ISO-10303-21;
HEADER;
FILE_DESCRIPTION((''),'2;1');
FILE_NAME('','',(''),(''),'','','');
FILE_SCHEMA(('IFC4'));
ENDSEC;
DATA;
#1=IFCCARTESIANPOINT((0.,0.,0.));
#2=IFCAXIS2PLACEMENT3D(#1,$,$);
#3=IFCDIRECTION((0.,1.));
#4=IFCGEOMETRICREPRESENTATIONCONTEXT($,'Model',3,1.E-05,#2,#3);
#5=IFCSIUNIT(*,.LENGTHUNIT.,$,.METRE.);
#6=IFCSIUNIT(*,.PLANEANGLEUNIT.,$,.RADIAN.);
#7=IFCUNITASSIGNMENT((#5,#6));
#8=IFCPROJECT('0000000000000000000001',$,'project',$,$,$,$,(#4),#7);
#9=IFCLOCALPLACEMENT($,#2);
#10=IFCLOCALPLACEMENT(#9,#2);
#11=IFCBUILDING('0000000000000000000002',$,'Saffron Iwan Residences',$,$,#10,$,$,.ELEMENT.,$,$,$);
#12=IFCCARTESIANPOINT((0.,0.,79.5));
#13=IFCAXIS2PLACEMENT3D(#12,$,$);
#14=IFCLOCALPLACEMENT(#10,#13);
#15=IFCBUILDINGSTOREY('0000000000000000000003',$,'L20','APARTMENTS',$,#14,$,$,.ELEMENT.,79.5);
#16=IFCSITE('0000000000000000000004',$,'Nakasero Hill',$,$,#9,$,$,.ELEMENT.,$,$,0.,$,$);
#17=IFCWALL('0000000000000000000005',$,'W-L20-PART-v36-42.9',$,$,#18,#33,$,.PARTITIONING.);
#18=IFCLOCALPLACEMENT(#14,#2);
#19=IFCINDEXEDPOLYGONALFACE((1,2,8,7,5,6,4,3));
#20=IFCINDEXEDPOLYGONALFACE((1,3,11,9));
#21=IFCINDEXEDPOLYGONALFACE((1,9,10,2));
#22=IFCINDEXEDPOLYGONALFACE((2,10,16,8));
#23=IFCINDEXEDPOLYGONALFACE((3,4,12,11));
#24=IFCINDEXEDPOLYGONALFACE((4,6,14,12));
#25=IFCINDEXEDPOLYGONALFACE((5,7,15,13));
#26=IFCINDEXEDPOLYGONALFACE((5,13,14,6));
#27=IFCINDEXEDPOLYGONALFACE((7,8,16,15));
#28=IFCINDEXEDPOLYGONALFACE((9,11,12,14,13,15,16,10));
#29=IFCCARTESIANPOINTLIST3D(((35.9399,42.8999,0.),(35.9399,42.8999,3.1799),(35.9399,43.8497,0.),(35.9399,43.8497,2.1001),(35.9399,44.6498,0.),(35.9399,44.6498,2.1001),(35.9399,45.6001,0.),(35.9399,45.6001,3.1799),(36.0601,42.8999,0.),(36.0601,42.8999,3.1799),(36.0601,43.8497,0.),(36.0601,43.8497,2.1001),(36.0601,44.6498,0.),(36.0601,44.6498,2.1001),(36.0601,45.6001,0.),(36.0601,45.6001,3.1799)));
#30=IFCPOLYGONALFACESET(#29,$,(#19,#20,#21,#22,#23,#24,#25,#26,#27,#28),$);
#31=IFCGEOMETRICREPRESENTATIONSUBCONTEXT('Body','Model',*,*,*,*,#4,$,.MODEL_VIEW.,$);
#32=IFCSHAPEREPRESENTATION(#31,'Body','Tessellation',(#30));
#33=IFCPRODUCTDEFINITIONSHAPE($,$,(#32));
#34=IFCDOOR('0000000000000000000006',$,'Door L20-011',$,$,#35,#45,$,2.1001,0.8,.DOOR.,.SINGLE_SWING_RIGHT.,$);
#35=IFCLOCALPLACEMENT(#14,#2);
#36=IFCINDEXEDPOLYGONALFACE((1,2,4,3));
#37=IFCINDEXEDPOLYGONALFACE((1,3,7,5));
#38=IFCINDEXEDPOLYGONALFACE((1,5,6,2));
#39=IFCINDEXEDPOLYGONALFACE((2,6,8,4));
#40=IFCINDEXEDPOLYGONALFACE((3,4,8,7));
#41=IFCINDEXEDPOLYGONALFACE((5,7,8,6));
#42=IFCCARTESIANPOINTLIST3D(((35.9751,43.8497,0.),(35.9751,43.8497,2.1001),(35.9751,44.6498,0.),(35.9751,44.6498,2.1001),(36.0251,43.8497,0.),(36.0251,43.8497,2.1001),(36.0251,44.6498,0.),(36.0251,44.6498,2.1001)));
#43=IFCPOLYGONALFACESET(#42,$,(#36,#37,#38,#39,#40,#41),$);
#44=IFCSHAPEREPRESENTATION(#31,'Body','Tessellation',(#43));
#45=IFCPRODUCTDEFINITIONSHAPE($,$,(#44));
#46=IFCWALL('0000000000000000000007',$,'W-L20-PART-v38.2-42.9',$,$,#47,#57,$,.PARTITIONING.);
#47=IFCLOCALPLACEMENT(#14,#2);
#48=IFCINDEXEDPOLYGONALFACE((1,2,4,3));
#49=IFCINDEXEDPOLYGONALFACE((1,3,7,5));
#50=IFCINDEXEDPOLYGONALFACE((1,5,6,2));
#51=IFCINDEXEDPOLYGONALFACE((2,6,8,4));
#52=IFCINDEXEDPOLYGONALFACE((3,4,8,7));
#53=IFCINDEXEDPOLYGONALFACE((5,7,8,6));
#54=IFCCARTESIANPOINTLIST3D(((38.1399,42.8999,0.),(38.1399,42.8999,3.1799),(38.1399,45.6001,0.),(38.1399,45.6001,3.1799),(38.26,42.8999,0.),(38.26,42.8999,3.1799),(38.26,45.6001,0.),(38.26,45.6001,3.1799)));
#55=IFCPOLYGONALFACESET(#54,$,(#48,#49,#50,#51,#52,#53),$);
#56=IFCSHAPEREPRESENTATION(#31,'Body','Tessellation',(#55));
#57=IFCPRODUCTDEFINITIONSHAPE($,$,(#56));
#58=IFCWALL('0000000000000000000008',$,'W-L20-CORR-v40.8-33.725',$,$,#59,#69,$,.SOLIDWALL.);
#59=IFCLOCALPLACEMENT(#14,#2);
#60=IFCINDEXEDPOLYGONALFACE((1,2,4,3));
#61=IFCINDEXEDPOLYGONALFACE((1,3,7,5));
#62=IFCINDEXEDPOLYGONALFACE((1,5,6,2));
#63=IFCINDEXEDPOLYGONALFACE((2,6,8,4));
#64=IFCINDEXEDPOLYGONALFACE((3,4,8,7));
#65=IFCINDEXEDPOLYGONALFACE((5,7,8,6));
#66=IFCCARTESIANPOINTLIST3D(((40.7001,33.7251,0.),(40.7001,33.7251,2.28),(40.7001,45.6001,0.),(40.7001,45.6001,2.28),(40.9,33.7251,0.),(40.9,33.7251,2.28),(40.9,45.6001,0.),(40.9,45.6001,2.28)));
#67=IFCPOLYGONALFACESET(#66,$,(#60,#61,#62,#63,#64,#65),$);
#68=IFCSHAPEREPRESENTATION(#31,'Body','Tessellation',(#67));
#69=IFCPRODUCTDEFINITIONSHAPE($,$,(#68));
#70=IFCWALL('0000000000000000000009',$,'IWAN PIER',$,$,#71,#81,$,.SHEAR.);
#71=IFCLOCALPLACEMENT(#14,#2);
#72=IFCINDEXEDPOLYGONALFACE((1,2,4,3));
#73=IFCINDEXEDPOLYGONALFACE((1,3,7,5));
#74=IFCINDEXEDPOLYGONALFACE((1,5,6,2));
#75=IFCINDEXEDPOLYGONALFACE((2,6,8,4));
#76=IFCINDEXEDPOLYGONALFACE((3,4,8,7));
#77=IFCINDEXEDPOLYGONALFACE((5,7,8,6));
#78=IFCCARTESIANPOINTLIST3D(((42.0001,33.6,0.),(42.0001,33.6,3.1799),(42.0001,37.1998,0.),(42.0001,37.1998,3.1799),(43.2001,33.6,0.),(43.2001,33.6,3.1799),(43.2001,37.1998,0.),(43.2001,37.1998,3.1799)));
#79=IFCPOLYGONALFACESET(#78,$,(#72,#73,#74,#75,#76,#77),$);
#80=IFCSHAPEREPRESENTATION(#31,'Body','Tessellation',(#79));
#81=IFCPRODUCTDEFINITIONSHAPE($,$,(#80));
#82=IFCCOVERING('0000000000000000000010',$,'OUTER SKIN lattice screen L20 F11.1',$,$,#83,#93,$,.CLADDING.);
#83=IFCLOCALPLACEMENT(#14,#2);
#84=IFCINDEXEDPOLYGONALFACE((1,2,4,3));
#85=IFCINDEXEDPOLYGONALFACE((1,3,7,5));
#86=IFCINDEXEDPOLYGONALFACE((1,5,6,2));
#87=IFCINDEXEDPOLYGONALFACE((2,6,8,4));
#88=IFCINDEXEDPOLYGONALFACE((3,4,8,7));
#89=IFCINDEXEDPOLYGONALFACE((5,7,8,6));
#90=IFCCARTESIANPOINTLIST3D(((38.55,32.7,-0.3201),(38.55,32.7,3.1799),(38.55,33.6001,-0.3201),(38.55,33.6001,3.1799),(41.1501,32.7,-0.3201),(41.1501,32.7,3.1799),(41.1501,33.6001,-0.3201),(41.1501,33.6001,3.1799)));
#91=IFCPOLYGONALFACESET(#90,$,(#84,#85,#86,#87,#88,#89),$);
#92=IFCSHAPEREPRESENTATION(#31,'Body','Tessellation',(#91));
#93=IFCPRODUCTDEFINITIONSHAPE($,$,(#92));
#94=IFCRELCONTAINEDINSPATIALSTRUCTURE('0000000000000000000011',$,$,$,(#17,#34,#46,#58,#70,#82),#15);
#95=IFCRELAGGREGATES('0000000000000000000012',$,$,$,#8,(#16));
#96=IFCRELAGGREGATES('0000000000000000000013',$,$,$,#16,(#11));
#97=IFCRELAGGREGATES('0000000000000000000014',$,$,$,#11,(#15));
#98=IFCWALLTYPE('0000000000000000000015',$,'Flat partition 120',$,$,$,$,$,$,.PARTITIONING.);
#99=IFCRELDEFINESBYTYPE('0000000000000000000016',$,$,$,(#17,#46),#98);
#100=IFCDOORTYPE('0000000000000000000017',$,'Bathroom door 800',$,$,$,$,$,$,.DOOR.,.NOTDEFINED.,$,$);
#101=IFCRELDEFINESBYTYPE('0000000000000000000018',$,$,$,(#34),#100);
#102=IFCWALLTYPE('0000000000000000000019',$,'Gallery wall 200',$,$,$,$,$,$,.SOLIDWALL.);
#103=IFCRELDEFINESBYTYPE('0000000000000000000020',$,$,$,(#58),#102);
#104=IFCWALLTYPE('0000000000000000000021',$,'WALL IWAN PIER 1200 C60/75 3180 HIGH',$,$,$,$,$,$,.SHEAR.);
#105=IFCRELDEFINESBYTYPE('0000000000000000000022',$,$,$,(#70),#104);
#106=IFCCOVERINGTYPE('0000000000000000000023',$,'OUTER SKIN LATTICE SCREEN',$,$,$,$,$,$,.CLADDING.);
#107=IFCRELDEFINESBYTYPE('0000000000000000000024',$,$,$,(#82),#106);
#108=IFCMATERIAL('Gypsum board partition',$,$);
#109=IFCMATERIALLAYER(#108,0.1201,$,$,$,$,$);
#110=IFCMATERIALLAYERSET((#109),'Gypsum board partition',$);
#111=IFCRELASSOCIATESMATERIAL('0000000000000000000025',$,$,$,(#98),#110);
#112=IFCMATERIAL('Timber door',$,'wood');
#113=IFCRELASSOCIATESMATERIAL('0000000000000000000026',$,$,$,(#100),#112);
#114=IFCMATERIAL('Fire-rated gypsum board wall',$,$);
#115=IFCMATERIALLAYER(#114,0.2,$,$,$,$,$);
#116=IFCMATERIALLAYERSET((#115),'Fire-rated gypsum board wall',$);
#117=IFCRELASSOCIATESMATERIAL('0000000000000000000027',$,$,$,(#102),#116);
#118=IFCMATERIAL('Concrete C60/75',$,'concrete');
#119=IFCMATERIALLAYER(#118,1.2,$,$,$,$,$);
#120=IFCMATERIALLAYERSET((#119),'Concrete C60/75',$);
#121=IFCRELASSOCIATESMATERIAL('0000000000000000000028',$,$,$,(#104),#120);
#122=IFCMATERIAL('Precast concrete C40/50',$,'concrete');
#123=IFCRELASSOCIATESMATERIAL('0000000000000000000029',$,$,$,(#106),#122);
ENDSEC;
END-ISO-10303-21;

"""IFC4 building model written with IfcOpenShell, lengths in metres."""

from ifc_helpers import new_model, si_unit, direction, frame, frame_2d, origin, place, context, subcontext, project, spatial, polyline, rectangle, outline, extrude, material, layer, layer_set, type_object, element, fill, save


model = new_model("IFC4")

# Units and contexts
model_context = context("Model", 3, precision=1e-05, world=origin(), true_north=direction((0.0, 1.0)))
body_context = subcontext(model_context, "Body", "Model", "MODEL_VIEW")
ifc_project = project(units=[si_unit("LENGTHUNIT", "METRE"), si_unit("PLANEANGLEUNIT", "RADIAN")], contexts=[model_context])

# Site, building, storey
site_placement = place(None, origin())
site = spatial("IfcSite", under=ifc_project, at=site_placement, Name="Nakasero Hill", CompositionType="ELEMENT", RefElevation=0.0)
building_placement = place(site_placement, origin())
building = spatial("IfcBuilding", under=site, at=building_placement, Name="Saffron Iwan Residences", CompositionType="ELEMENT")
storey_placement = place(building_placement, frame((0.0, 0.0, 79.5)))
storey = spatial("IfcBuildingStorey", under=building, at=storey_placement, Name="L20", Description="APARTMENTS", CompositionType="ELEMENT", Elevation=79.5)

# Shared definitions
ifc_material_1 = material(Name="Concrete C60/75", Category="concrete")

# Shared definitions
ifc_material_2 = material(Name="Gypsum board partition")
ifc_layer_1 = layer(ifc_material_2, 0.1201)
ifc_layer_set_1 = layer_set([ifc_layer_1], Name="Gypsum board partition")
wall_type_1 = type_object("IfcWallType", Name="Flat partition 120", PredefinedType="PARTITIONING", material=ifc_layer_set_1)
ifc_material_3 = material(Name="Timber door", Category="wood")

# Wall, opening, door
wall_1_placement = place(storey_placement, frame((36.0, 42.8999, 0.0), z_axis=(0.0, 0.0, 1.0), x_axis=(0.0, 1.0, 0.0)))
wall_1 = element("IfcWall", 1, at=wall_1_placement, inside=storey, type_object=wall_type_1, Name="W-L20-PART-v36-42.9", PredefinedType="PARTITIONING", context=body_context, shape_type="SweptSolid", body=[
    extrude(rectangle(XDim=2.7002, YDim=0.1201, at=frame_2d((1.3501, 0.0))), origin(), (0.0, 0.0, 1.0), 3.1799),
])
opening_1_placement = place(wall_1_placement, frame((0.95, 0.0, 0.0)))
opening_1 = element("IfcOpeningElement", 2, at=opening_1_placement, cuts=wall_1, PredefinedType="OPENING", context=body_context, shape_type="SweptSolid", body=[
    extrude(rectangle(XDim=0.8, YDim=2.1001, at=frame_2d((0.3999, 1.05))), frame((0.0, 0.0701, 0.0), z_axis=(0.0, -1.0, 0.0), x_axis=(1.0, 0.0, 0.0)), (0.0, 0.0, 1.0), 0.1401),
])
door_type_1 = type_object("IfcDoorType", Name="Bathroom door 800", OperationType="NOTDEFINED", PredefinedType="DOOR", material=ifc_material_3)
door_1_placement = place(opening_1_placement, origin())
door_1 = element("IfcDoor", 3, at=door_1_placement, inside=storey, type_object=door_type_1, Name="Door L20-011", OperationType="SINGLE_SWING_RIGHT", OverallHeight=2.1001, OverallWidth=0.8, PredefinedType="DOOR", context=body_context, shape_type="SweptSolid", body=[
    extrude(rectangle(XDim=0.8, YDim=2.1001, at=frame_2d((0.3999, 1.05))), frame((0.0, 0.0249, 0.0), z_axis=(0.0, -1.0, 0.0), x_axis=(1.0, 0.0, 0.0)), (0.0, 0.0, 1.0), 0.05),
])
fill(opening_1, door_1)

# Walls
wall_2_placement = place(storey_placement, frame((38.2, 42.8999, 0.0), z_axis=(0.0, 0.0, 1.0), x_axis=(0.0, 1.0, 0.0)))
element("IfcWall", 4, at=wall_2_placement, inside=storey, type_object=wall_type_1, Name="W-L20-PART-v38.2-42.9", PredefinedType="PARTITIONING", context=body_context, shape_type="SweptSolid", body=[
    extrude(rectangle(XDim=2.7002, YDim=0.1201, at=frame_2d((1.3501, 0.0))), origin(), (0.0, 0.0, 1.0), 3.1799),
])
ifc_material_4 = material(Name="Fire-rated gypsum board wall")
ifc_layer_2 = layer(ifc_material_4, 0.2)
ifc_layer_set_2 = layer_set([ifc_layer_2], Name="Fire-rated gypsum board wall")
wall_type_2 = type_object("IfcWallType", Name="Gallery wall 200", PredefinedType="SOLIDWALL", material=ifc_layer_set_2)
wall_3_placement = place(storey_placement, frame((40.8, 33.7251, 0.0), z_axis=(0.0, 0.0, 1.0), x_axis=(0.0, 1.0, 0.0)))
element("IfcWall", 5, at=wall_3_placement, inside=storey, type_object=wall_type_2, Name="W-L20-CORR-v40.8-33.725", PredefinedType="SOLIDWALL", context=body_context, shape_type="SweptSolid", body=[
    extrude(rectangle(XDim=11.875, YDim=0.2, at=frame_2d((5.9375, 0.0))), origin(), (0.0, 0.0, 1.0), 2.28),
])
ifc_layer_3 = layer(ifc_material_1, 1.2)
ifc_layer_set_3 = layer_set([ifc_layer_3], Name="Concrete C60/75")
wall_type_3 = type_object("IfcWallType", Name="WALL IWAN PIER 1200 C60/75 3180 HIGH", PredefinedType="SHEAR", material=ifc_layer_set_3)
wall_4_placement = place(storey_placement, frame((42.6001, 33.6001, 0.0), z_axis=(0.0, 0.0, 1.0), x_axis=(0.0, 1.0, 0.0)))
element("IfcWall", 6, at=wall_4_placement, inside=storey, type_object=wall_type_3, Name="IWAN PIER", PredefinedType="SHEAR", context=body_context, shape_type="SweptSolid", body=[
    extrude(rectangle(XDim=3.5999, YDim=1.2, at=frame_2d((1.7998, 0.0))), origin(), (0.0, 0.0, 1.0), 3.1799),
])

# Covering
ifc_material_5 = material(Name="Precast concrete C40/50", Category="concrete")
covering_type = type_object("IfcCoveringType", Name="OUTER SKIN LATTICE SCREEN", PredefinedType="CLADDING", material=ifc_material_5)
covering_placement = place(storey_placement, frame((38.55, 33.6001, -0.3201), z_axis=(0.0, -1.0, 0.0), x_axis=(1.0, 0.0, 0.0)))
element("IfcCovering", 7, at=covering_placement, inside=storey, type_object=covering_type, Name="OUTER SKIN lattice screen L20 F11.1", PredefinedType="CLADDING", context=body_context, shape_type="SweptSolid", body=[
    extrude(outline(polyline([(0.0, 0.0), (2.6001, 0.0), (2.6001, 3.5), (0.0, 3.5), (0.0, 0.0)])), origin(), (0.0, 0.0, 1.0), 0.9001),
])

save(model, "model.ifc")
